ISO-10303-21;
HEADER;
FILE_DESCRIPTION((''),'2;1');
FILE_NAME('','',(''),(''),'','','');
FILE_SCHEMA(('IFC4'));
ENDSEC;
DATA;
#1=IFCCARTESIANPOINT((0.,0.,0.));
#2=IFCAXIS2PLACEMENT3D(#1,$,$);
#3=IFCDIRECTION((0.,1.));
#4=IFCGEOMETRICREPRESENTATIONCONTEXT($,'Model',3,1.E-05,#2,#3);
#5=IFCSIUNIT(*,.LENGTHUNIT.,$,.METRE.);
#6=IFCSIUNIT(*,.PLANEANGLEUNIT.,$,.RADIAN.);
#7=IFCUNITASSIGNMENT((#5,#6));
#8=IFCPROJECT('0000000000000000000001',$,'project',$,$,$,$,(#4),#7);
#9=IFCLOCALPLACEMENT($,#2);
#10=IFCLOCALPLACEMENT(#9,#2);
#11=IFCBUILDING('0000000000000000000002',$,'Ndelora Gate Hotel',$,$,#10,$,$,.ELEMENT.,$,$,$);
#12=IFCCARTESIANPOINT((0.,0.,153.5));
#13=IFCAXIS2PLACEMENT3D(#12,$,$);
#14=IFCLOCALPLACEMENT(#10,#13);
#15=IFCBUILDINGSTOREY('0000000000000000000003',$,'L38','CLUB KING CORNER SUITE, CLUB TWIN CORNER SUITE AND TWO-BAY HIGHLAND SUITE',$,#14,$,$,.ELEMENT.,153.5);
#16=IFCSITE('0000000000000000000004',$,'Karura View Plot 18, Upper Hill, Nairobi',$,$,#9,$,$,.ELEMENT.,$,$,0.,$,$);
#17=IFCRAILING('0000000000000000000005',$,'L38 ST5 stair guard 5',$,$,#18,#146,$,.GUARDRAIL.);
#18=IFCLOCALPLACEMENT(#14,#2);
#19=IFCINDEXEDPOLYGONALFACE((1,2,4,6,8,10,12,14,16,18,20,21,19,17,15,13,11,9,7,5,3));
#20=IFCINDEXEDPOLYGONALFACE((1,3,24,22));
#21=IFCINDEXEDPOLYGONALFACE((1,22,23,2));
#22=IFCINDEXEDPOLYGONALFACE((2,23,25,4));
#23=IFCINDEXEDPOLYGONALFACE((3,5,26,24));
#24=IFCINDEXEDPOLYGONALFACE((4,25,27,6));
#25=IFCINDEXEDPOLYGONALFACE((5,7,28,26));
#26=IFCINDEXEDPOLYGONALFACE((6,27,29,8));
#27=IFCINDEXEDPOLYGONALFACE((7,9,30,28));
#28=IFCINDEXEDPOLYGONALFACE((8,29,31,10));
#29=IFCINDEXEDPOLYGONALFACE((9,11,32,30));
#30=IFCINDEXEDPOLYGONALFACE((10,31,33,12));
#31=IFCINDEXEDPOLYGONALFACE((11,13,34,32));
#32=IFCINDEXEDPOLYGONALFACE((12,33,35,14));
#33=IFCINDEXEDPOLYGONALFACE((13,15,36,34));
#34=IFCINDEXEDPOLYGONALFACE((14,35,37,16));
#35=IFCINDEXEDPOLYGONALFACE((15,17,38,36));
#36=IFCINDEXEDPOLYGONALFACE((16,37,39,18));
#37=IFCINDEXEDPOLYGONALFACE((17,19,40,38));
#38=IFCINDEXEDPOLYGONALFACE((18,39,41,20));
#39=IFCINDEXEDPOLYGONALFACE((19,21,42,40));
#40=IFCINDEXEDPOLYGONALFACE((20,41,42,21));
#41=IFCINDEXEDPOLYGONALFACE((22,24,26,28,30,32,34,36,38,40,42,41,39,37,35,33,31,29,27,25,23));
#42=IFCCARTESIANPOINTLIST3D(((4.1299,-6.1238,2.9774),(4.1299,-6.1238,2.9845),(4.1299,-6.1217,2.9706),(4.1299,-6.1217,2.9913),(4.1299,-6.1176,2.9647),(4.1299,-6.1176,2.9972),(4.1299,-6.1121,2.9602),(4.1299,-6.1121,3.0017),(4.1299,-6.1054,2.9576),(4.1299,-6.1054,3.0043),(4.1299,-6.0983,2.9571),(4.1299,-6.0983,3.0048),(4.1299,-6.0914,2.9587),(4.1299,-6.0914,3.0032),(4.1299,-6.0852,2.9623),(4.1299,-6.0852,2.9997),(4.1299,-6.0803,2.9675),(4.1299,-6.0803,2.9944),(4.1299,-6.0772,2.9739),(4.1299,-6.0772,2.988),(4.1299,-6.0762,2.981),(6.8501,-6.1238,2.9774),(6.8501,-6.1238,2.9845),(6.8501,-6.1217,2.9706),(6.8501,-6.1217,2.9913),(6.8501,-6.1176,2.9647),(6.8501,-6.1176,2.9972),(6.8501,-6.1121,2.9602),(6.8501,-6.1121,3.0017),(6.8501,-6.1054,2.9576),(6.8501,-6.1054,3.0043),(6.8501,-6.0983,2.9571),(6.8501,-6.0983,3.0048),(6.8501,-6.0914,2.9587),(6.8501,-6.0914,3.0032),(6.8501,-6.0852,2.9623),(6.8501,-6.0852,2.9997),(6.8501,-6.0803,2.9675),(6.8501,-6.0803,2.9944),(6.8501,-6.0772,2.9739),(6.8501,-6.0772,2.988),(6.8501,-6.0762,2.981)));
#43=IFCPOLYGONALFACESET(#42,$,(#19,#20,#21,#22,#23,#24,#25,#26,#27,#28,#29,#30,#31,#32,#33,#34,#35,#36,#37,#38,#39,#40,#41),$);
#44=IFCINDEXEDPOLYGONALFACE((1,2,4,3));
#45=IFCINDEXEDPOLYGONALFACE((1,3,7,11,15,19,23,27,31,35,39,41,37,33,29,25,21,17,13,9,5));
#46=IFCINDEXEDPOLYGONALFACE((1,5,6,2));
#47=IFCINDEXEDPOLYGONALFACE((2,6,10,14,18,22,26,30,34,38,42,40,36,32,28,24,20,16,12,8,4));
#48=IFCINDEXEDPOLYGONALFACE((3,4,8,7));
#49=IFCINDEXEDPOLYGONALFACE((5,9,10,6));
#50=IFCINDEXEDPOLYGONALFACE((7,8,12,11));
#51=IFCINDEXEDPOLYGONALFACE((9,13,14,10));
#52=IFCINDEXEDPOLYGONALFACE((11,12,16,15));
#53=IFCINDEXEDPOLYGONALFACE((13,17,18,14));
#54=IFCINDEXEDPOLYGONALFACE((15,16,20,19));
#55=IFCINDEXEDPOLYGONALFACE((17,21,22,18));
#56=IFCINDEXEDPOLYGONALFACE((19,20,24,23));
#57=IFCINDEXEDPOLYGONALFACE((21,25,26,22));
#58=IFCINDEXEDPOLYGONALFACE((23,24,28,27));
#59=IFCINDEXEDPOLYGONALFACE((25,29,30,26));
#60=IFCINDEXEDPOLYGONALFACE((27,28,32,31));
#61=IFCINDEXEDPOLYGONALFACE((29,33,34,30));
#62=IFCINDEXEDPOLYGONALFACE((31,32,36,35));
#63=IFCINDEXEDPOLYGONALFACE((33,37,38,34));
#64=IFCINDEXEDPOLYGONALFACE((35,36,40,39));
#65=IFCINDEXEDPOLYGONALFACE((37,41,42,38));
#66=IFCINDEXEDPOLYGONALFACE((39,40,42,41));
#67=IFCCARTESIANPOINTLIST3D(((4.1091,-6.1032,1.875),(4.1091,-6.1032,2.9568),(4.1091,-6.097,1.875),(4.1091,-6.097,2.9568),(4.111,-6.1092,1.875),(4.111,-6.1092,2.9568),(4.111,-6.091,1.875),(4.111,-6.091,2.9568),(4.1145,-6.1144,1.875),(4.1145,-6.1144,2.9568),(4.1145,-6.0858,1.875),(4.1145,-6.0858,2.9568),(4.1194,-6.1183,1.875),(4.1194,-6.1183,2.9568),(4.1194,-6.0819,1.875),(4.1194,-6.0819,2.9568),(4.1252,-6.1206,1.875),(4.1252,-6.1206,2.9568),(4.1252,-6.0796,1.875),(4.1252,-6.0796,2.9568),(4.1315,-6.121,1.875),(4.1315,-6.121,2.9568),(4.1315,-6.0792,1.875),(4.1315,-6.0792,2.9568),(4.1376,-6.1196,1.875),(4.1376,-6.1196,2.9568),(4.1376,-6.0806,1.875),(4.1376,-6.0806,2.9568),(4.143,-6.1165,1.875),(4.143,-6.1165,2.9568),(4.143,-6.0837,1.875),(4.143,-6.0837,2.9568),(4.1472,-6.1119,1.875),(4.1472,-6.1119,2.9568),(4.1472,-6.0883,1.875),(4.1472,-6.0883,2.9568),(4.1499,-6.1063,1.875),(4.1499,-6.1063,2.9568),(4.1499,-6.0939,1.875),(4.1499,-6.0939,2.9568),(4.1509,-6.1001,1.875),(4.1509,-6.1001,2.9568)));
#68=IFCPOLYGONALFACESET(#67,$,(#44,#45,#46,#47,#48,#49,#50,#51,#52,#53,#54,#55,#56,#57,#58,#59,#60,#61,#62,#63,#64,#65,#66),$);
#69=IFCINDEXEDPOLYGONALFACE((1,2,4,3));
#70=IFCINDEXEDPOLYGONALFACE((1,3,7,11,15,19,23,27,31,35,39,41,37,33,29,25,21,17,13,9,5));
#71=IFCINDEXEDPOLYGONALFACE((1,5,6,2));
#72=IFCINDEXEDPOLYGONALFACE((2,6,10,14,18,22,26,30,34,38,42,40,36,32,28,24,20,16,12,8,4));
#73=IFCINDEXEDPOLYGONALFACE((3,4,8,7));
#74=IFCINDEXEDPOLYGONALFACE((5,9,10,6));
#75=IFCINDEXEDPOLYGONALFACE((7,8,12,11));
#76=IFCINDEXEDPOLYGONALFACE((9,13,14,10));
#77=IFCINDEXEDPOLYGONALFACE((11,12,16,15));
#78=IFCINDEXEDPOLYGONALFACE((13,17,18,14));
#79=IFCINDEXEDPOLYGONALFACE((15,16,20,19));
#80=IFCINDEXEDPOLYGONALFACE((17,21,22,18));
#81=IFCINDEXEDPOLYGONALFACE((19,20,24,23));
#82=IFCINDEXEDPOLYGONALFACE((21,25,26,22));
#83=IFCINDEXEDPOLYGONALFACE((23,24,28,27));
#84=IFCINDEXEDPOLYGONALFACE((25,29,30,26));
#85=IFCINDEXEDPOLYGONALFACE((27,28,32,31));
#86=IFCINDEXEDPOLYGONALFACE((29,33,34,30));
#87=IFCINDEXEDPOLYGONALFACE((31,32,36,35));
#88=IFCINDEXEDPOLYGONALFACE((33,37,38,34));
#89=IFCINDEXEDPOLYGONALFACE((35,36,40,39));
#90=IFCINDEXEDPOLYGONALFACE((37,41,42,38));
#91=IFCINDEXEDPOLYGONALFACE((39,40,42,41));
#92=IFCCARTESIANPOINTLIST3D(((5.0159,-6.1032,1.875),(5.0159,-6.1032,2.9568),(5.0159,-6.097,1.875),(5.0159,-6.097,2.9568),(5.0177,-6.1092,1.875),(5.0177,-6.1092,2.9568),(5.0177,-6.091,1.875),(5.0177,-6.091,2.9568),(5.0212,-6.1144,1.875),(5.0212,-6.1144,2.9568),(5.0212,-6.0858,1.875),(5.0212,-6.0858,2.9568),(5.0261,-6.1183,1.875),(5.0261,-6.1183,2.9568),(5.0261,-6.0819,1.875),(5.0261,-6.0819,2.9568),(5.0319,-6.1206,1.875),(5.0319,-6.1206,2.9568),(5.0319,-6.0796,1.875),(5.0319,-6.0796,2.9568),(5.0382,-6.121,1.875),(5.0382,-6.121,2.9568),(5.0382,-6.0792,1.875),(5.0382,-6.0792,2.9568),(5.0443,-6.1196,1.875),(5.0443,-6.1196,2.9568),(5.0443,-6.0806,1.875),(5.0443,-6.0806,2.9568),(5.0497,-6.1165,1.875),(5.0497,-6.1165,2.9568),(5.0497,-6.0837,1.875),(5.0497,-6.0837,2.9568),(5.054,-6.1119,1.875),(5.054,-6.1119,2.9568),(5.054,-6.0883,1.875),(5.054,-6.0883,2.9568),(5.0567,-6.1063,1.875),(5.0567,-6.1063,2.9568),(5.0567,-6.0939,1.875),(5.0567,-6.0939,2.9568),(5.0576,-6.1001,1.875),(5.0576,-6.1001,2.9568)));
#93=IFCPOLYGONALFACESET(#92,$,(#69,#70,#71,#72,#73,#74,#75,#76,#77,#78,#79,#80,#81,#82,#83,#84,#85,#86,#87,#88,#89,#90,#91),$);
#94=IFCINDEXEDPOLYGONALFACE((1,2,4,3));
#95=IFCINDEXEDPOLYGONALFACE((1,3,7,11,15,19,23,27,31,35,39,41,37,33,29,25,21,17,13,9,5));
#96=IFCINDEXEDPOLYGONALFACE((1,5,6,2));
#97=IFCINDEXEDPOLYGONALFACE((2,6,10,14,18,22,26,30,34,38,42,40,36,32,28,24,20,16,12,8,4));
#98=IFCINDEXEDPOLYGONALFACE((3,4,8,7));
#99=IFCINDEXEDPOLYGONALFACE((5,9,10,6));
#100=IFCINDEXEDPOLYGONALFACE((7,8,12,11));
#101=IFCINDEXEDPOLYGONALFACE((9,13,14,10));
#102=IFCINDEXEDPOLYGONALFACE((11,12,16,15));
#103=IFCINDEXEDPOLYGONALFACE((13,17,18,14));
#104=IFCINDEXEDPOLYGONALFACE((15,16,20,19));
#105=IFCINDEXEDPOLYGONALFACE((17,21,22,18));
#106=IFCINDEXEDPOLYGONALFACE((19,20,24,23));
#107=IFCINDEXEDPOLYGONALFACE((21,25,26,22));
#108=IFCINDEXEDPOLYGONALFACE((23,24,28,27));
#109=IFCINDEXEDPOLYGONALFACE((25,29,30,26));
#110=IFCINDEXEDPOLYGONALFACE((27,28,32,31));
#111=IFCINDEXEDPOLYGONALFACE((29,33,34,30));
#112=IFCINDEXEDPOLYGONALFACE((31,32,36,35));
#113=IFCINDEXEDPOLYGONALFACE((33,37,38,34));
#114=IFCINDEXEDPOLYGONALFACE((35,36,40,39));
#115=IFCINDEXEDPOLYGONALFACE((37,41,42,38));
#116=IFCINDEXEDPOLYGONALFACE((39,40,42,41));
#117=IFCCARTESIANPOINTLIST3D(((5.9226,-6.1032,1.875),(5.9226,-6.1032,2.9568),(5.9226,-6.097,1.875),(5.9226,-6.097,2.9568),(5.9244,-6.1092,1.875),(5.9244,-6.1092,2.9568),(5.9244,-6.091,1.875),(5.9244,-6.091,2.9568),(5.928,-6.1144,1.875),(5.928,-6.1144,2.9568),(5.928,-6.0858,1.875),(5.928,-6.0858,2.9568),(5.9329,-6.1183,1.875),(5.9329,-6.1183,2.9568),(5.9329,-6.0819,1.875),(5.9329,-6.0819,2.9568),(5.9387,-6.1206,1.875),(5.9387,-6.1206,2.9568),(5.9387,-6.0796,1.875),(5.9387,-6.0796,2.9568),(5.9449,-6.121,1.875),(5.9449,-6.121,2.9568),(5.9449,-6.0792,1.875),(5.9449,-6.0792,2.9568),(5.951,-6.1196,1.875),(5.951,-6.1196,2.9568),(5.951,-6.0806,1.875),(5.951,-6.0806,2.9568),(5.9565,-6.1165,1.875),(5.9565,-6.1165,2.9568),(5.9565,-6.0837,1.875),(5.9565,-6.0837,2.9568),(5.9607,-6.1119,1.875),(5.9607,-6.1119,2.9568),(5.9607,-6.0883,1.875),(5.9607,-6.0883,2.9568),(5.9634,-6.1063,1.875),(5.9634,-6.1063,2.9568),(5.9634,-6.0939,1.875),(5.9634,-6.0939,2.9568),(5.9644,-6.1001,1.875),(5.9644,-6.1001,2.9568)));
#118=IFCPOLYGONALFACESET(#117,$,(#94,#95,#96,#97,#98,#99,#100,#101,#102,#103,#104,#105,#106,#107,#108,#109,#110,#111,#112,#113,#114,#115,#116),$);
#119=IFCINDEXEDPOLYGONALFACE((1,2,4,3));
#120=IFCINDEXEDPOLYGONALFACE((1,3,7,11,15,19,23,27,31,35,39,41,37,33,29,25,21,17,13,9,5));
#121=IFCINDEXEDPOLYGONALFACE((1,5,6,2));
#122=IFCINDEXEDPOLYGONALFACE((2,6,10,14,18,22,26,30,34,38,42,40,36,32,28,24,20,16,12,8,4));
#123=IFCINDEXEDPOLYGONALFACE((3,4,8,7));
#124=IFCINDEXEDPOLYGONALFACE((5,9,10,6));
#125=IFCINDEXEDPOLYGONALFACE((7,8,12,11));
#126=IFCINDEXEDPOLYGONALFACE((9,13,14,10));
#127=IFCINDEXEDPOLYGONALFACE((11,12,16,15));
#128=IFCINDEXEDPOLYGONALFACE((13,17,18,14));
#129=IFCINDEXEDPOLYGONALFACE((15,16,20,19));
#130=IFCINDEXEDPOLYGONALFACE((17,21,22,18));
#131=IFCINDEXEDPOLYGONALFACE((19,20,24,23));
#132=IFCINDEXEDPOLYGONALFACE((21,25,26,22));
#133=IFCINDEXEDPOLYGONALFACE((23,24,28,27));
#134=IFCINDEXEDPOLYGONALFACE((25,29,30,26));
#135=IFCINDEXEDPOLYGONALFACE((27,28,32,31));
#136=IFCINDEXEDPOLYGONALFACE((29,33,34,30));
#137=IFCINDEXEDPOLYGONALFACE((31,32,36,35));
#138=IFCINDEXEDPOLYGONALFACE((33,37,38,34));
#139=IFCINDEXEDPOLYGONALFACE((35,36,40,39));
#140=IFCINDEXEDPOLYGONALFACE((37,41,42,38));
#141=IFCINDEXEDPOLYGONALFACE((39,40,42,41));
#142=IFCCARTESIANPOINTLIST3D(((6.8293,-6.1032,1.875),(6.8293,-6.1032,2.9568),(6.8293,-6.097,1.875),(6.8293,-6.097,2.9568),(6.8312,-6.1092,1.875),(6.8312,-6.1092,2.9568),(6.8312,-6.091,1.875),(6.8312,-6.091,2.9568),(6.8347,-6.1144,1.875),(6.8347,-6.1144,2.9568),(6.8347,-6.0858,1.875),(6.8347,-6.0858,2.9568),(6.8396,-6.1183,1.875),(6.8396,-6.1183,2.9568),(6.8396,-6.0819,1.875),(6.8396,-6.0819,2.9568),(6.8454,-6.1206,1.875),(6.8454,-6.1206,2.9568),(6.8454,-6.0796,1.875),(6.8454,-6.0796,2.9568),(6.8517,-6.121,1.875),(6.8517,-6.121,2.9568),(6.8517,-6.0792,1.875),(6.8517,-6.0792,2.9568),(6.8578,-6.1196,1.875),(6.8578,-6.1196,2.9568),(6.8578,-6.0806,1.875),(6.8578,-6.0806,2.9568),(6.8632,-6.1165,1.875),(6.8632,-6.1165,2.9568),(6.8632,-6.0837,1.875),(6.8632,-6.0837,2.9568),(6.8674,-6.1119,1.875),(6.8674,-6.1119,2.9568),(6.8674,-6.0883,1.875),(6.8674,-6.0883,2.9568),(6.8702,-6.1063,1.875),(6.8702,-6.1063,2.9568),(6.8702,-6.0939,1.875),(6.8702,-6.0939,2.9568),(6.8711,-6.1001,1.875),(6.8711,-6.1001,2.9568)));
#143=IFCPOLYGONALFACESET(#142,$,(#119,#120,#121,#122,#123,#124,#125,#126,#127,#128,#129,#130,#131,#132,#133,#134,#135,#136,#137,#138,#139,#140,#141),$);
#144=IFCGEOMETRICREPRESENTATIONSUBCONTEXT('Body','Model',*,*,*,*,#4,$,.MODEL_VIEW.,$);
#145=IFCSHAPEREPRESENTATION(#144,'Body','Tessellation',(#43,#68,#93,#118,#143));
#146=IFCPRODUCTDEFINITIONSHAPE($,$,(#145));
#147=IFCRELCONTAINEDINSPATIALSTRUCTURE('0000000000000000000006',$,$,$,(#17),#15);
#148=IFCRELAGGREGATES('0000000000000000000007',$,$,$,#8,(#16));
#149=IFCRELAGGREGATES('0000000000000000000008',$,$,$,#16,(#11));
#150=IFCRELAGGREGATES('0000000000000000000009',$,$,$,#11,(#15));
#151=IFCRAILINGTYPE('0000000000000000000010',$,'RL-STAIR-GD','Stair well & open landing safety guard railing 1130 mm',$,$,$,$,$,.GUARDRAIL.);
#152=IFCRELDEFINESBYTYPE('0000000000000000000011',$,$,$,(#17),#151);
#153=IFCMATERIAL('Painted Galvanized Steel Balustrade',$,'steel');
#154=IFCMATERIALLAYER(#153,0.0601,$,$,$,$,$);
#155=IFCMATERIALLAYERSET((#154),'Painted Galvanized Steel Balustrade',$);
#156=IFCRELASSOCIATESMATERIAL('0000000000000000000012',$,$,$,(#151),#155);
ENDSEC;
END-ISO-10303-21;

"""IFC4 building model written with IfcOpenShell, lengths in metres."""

from ifc_helpers import new_model, si_unit, direction, frame, origin, origin_2d, place, context, subcontext, project, spatial, circle, extrude, material, layer, layer_set, type_object, element, save


model = new_model("IFC4")

# Units and contexts
model_context = context("Model", 3, precision=1e-05, world=origin(), true_north=direction((0.0, 1.0)))
body_context = subcontext(model_context, "Body", "Model", "MODEL_VIEW")
ifc_project = project(units=[si_unit("LENGTHUNIT", "METRE"), si_unit("PLANEANGLEUNIT", "RADIAN")], contexts=[model_context])

# Site, building, storey
site_placement = place(None, origin())
site = spatial("IfcSite", under=ifc_project, at=site_placement, Name="Karura View Plot 18, Upper Hill, Nairobi", CompositionType="ELEMENT", RefElevation=0.0)
building_placement = place(site_placement, origin())
building = spatial("IfcBuilding", under=site, at=building_placement, Name="Ndelora Gate Hotel", CompositionType="ELEMENT")
storey_placement = place(building_placement, frame((0.0, 0.0, 153.5)))
storey = spatial("IfcBuildingStorey", under=building, at=storey_placement, Name="L38", Description="CLUB KING CORNER SUITE, CLUB TWIN CORNER SUITE AND TWO-BAY HIGHLAND SUITE", CompositionType="ELEMENT", Elevation=153.5)

# Railing
ifc_material_1 = material(Name="Painted Galvanized Steel Balustrade", Category="steel")
ifc_layer_1 = layer(ifc_material_1, 0.0601)
ifc_layer_set_1 = layer_set([ifc_layer_1], Name="Painted Galvanized Steel Balustrade")
railing_type_1 = type_object("IfcRailingType", Name="RL-STAIR-GD", Description="Stair well & open landing safety guard railing 1130 mm", PredefinedType="GUARDRAIL", material=ifc_layer_set_1)
railing_1_placement = place(storey_placement, frame((4.1299, -6.1001, 1.875)))
element("IfcRailing", 1, at=railing_1_placement, inside=storey, type_object=railing_type_1, Name="L38 ST5 stair guard 5", PredefinedType="GUARDRAIL", context=body_context, shape_type="SweptSolid", body=[
    extrude(circle(Radius=0.0239, at=origin_2d()), frame((0.0, 0.0, 1.106), z_axis=(1.0, 0.0, 0.0), x_axis=(0.0, 1.0, 0.0)), (0.0, 0.0, 1.0), 2.7202),
    extrude(circle(Radius=0.021, at=origin_2d()), origin(), (0.0, 0.0, 1.0), 1.0818),
    extrude(circle(Radius=0.021, at=origin_2d()), frame((0.9067, 0.0, 0.0)), (0.0, 0.0, 1.0), 1.0818),
    extrude(circle(Radius=0.021, at=origin_2d()), frame((1.8135, 0.0, 0.0)), (0.0, 0.0, 1.0), 1.0818),
    extrude(circle(Radius=0.021, at=origin_2d()), frame((2.7202, 0.0, 0.0)), (0.0, 0.0, 1.0), 1.0818),
])

save(model, "model.ifc")
